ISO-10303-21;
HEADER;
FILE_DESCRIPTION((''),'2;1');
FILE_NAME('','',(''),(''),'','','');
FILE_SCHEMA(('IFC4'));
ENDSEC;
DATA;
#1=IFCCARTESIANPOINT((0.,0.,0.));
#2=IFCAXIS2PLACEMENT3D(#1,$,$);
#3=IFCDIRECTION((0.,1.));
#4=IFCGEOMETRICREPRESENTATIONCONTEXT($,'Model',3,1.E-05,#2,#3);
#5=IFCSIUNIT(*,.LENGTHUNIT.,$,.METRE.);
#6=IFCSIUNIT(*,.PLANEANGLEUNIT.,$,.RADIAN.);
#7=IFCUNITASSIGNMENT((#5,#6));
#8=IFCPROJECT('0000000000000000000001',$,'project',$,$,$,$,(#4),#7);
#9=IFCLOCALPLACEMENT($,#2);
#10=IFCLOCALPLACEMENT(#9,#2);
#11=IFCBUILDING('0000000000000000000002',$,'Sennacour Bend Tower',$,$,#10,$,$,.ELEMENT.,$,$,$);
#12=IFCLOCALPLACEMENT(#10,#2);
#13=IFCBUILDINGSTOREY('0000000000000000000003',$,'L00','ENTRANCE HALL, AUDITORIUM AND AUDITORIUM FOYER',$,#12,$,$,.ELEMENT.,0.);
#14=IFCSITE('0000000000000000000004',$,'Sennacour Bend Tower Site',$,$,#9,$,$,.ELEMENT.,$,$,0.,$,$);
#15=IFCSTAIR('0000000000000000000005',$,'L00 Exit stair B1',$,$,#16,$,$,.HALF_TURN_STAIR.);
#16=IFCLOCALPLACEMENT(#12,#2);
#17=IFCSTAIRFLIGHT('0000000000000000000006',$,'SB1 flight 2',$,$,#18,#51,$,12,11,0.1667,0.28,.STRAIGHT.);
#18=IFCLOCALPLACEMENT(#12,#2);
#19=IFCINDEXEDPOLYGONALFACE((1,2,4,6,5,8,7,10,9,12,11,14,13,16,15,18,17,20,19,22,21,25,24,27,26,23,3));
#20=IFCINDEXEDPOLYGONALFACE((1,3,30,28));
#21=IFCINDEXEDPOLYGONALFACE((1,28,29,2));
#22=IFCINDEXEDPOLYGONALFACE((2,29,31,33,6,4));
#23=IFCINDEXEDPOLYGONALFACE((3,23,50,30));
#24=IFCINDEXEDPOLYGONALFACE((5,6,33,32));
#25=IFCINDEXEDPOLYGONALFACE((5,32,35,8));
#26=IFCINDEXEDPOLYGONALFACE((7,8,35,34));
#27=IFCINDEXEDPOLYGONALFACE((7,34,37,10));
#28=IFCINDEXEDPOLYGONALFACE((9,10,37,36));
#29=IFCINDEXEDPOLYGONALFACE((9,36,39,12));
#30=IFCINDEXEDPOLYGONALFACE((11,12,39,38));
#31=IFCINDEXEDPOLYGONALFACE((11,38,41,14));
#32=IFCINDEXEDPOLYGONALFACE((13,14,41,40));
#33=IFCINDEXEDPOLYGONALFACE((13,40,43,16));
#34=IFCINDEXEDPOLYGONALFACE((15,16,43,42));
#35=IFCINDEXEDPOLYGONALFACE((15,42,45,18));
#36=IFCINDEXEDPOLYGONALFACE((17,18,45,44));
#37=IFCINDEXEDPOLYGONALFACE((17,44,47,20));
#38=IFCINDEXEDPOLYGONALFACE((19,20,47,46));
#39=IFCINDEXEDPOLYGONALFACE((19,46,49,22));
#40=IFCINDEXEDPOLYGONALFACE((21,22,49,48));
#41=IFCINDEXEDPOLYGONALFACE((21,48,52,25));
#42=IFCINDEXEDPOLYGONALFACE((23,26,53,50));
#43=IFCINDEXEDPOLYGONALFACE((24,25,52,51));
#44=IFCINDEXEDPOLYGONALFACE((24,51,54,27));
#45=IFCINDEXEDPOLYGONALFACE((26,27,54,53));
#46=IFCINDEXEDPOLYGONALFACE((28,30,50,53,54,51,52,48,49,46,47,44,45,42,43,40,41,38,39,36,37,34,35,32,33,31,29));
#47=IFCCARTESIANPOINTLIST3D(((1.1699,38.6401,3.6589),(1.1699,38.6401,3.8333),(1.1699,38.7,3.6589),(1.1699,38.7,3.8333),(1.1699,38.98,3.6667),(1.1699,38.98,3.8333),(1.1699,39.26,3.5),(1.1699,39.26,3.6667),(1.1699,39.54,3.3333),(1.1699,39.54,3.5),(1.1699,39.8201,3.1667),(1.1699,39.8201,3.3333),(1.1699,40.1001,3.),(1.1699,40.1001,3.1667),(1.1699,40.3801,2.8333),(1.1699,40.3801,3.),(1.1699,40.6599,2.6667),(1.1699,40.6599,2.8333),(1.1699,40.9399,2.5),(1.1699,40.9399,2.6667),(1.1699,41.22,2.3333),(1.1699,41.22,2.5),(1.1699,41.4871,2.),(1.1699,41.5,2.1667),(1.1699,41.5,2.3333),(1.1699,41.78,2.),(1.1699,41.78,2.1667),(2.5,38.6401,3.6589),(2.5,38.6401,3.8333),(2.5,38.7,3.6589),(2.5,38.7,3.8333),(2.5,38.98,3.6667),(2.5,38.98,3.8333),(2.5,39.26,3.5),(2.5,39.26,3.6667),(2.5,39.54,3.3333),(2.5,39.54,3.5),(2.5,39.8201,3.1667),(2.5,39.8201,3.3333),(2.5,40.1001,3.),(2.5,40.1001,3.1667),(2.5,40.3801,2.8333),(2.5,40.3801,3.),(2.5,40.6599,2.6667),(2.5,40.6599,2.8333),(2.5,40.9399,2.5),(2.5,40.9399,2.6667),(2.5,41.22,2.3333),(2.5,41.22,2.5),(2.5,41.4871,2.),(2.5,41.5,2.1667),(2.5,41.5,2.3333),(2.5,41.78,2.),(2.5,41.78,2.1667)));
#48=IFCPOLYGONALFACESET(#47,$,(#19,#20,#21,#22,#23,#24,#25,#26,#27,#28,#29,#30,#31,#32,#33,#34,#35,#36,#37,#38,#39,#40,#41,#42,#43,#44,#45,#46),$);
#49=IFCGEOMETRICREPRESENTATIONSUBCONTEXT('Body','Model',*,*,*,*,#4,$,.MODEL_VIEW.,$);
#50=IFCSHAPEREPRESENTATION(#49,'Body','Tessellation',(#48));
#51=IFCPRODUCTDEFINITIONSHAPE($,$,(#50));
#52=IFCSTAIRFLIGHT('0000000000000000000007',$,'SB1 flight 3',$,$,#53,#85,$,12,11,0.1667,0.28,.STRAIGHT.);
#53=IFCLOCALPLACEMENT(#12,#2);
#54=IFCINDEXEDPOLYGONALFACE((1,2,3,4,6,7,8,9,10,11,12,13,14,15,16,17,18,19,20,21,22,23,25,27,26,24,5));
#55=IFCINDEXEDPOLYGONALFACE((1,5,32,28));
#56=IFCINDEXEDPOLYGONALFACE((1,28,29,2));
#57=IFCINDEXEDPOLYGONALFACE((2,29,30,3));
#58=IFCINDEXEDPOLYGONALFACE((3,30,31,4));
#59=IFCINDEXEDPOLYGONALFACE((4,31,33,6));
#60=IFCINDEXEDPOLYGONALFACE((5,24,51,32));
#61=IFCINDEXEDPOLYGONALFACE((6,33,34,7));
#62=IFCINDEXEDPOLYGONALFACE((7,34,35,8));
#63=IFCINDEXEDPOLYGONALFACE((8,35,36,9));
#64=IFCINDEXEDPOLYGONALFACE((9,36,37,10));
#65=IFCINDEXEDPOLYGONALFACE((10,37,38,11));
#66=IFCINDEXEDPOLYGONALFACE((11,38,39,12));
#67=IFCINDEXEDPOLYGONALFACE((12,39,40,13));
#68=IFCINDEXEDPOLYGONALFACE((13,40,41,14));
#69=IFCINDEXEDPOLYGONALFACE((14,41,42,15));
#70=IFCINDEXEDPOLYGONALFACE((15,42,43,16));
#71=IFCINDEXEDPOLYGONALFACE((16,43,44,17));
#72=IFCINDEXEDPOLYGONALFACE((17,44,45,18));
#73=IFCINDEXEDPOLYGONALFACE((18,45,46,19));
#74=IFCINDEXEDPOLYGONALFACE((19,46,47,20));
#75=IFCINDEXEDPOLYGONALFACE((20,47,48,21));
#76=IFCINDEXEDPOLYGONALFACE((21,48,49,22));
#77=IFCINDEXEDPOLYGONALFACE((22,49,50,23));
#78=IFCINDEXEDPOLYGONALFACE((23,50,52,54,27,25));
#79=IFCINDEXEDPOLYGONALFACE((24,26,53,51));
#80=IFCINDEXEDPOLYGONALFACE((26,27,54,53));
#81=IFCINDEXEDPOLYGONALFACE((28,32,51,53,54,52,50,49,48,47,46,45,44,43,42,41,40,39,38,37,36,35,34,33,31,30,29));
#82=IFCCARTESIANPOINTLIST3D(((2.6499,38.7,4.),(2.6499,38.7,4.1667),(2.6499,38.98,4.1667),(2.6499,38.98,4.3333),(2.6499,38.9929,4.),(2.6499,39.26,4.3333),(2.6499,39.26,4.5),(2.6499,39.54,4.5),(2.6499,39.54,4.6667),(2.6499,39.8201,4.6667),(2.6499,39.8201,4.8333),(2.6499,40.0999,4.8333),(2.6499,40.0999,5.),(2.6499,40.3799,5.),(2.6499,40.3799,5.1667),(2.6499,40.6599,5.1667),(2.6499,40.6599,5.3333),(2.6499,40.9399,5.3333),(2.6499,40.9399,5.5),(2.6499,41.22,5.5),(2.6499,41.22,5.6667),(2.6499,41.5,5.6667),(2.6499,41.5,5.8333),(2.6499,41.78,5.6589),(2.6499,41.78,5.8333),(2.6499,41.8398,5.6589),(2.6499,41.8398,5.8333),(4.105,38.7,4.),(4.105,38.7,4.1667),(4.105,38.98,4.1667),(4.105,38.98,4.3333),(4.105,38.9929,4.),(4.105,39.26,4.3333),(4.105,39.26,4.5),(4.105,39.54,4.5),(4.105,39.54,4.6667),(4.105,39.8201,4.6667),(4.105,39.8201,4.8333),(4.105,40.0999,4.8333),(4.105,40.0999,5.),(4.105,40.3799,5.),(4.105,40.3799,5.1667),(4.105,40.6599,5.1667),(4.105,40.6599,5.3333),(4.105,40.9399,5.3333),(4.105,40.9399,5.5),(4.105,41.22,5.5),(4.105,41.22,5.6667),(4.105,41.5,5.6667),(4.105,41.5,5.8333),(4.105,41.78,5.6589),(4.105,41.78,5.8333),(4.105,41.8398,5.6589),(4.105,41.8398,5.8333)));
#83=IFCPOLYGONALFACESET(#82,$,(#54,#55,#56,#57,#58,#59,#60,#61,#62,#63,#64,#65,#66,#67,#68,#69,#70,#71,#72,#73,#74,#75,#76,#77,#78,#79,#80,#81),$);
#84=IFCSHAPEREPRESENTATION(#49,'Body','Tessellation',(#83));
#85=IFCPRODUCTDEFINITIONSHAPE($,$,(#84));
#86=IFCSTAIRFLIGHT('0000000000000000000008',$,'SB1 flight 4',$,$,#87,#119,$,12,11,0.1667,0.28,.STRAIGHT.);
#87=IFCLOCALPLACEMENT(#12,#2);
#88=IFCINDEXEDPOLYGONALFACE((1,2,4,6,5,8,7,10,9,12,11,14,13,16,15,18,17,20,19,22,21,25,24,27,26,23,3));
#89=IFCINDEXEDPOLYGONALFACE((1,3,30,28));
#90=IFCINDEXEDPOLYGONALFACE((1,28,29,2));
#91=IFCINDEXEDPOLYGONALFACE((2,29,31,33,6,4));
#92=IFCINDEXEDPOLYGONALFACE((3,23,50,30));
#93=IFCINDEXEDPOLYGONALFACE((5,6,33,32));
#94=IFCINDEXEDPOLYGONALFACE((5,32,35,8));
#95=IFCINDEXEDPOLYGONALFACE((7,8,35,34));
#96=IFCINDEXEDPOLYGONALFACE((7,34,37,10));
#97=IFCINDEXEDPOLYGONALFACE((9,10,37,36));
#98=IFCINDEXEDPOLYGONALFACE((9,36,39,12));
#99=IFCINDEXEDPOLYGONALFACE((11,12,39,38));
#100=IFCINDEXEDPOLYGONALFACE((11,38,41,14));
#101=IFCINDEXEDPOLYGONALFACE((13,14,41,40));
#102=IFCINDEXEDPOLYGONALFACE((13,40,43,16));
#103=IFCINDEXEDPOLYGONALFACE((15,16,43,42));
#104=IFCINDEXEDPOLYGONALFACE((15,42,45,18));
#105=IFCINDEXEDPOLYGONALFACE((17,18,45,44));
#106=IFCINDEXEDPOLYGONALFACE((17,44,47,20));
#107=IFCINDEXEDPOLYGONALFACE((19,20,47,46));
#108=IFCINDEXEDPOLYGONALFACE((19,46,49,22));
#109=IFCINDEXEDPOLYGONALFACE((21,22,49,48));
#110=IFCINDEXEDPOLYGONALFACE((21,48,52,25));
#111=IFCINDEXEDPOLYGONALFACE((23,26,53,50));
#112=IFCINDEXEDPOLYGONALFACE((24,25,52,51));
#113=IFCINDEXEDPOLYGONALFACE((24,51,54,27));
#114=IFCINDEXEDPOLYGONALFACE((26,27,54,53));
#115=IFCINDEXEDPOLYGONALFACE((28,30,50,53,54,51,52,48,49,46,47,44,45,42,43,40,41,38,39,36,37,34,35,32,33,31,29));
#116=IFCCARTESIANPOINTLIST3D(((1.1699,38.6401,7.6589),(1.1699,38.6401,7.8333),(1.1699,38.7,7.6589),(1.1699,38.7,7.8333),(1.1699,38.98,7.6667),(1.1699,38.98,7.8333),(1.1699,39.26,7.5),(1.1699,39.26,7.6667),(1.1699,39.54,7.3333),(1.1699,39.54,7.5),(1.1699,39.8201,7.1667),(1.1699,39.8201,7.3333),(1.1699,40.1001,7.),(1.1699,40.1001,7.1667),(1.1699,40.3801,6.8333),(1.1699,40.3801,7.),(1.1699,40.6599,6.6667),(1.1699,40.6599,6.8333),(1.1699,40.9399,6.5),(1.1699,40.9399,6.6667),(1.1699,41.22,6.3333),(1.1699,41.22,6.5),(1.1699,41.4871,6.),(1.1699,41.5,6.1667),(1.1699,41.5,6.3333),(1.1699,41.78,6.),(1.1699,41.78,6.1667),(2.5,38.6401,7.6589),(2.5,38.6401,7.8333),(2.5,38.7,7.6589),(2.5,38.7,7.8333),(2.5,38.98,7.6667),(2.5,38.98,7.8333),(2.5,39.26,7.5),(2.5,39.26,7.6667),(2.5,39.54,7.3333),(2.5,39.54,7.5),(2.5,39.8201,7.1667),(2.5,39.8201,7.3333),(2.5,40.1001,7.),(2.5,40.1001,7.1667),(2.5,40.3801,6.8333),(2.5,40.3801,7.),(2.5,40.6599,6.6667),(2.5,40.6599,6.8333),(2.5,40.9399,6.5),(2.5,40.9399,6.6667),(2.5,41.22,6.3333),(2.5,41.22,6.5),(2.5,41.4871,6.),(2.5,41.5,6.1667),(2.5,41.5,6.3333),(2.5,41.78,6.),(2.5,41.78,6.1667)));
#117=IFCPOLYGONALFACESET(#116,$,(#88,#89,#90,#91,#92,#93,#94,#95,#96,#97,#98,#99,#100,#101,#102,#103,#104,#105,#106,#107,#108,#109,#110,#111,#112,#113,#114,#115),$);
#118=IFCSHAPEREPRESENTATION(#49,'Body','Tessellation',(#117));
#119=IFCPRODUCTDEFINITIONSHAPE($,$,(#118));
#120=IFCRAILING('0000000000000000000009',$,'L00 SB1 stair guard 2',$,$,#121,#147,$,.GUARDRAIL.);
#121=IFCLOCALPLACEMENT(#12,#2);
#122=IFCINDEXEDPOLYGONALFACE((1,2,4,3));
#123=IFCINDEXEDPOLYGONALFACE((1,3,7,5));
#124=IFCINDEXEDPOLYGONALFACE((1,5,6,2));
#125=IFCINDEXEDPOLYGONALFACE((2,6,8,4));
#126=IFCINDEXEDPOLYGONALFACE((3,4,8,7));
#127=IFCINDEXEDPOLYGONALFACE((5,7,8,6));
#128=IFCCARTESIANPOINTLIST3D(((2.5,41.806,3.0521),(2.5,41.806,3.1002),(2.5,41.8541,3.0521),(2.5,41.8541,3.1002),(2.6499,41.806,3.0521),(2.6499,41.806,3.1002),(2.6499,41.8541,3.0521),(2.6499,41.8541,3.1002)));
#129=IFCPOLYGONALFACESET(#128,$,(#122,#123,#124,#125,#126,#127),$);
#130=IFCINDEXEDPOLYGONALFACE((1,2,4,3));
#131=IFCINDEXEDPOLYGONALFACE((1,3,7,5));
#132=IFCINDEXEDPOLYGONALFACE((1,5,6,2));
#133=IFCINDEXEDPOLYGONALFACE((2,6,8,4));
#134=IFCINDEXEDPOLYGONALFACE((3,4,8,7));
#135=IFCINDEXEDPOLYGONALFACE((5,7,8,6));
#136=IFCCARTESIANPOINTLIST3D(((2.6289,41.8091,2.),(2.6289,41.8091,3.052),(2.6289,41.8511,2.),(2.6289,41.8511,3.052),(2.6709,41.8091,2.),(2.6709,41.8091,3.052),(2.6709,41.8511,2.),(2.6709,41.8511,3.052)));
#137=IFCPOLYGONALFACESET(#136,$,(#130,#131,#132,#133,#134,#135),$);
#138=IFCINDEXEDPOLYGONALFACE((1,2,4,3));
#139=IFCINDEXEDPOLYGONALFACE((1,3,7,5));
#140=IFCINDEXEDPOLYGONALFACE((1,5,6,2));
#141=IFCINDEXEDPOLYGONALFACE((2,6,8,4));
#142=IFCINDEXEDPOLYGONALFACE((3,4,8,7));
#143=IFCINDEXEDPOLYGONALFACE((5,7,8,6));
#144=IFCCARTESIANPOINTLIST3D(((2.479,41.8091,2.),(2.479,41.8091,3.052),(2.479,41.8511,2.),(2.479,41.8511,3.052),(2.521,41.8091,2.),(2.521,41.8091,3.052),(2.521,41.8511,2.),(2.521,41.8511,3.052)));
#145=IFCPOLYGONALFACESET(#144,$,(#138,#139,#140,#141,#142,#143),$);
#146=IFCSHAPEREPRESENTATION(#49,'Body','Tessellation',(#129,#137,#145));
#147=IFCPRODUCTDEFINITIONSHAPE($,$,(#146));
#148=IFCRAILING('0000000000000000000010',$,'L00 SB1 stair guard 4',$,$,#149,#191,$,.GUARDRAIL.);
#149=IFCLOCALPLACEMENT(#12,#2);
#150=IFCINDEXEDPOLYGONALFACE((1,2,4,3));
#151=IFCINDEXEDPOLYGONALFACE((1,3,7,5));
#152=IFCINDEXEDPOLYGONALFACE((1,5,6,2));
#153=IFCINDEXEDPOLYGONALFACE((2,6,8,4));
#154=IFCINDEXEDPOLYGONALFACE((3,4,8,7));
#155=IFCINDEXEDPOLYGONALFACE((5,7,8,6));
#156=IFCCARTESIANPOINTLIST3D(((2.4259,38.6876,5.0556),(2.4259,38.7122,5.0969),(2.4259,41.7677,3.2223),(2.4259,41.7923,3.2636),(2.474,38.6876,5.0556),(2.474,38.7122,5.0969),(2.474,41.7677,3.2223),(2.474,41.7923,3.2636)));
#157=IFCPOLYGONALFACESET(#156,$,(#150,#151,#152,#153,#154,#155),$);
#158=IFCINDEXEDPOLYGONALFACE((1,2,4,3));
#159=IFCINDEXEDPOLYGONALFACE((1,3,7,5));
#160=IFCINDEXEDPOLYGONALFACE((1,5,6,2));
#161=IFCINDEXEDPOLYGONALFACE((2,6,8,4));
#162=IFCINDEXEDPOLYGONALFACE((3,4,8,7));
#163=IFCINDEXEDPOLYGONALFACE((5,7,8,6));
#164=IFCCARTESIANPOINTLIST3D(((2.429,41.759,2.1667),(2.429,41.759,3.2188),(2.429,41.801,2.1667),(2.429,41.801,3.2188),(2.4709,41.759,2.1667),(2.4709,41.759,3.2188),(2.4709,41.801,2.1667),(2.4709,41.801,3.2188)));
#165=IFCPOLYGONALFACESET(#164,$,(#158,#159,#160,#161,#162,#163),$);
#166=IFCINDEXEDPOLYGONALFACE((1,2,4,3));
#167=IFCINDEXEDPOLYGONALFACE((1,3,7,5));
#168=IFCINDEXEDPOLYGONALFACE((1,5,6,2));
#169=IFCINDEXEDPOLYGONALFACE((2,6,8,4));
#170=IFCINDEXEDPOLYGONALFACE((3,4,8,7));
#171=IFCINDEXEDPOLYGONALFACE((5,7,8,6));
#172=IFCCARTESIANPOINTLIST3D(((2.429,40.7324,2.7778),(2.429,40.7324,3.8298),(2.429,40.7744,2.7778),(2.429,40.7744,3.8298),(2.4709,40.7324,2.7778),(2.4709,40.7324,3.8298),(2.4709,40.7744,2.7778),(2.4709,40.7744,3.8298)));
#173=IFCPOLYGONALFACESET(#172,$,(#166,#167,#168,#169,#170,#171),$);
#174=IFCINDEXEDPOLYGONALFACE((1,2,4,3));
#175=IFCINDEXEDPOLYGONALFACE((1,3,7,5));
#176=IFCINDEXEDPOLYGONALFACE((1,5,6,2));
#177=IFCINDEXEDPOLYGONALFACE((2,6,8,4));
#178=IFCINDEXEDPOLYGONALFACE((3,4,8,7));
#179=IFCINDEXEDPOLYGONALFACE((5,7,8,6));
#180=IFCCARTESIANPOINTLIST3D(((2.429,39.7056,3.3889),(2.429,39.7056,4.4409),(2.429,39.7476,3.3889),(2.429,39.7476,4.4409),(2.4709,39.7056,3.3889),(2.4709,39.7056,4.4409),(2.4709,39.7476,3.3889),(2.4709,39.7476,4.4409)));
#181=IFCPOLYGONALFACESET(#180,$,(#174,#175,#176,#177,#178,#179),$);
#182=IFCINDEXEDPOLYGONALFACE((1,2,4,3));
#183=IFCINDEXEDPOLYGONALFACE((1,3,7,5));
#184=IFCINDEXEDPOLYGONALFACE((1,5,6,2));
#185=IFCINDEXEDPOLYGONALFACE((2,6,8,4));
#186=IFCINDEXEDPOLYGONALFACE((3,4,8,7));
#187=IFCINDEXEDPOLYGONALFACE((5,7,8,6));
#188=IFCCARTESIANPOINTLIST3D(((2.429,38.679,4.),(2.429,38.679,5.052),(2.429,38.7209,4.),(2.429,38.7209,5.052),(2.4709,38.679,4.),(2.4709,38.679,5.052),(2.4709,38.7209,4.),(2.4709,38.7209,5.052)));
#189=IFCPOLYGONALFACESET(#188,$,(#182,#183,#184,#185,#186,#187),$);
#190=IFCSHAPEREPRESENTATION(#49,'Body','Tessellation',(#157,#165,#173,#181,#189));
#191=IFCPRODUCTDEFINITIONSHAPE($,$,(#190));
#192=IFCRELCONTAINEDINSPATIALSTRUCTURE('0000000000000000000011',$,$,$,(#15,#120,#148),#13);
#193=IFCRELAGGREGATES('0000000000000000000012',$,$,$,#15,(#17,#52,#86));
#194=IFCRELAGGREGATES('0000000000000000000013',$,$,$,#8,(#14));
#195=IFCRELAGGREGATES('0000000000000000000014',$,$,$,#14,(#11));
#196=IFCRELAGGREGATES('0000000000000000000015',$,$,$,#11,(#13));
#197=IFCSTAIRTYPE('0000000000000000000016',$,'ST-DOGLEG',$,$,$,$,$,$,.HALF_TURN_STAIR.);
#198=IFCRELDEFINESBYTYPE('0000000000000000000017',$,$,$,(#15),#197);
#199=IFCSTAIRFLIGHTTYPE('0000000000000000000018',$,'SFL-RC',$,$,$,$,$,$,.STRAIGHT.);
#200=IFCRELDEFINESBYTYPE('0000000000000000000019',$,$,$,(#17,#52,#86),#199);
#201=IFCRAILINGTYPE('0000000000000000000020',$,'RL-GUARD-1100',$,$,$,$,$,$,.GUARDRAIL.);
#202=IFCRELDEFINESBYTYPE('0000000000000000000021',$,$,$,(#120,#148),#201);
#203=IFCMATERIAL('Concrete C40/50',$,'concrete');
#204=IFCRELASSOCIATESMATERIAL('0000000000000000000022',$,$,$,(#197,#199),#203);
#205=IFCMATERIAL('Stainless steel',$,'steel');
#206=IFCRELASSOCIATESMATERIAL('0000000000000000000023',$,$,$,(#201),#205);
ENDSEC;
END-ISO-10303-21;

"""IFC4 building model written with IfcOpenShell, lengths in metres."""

from ifc_helpers import new_model, si_unit, direction, frame, origin, origin_2d, place, context, subcontext, project, spatial, polyline, rectangle, outline, extrude, material, type_object, element, aggregate, save


model = new_model("IFC4")

# Units and contexts
model_context = context("Model", 3, precision=1e-05, world=origin(), true_north=direction((0.0, 1.0)))
body_context = subcontext(model_context, "Body", "Model", "MODEL_VIEW")
ifc_project = project(units=[si_unit("LENGTHUNIT", "METRE"), si_unit("PLANEANGLEUNIT", "RADIAN")], contexts=[model_context])

# Site, building, storey
site_placement = place(None, origin())
site = spatial("IfcSite", under=ifc_project, at=site_placement, Name="Sennacour Bend Tower Site", CompositionType="ELEMENT", RefElevation=0.0)
building_placement = place(site_placement, origin())
building = spatial("IfcBuilding", under=site, at=building_placement, Name="Sennacour Bend Tower", CompositionType="ELEMENT")
storey_placement = place(building_placement, origin())
storey = spatial("IfcBuildingStorey", under=building, at=storey_placement, Name="L00", Description="ENTRANCE HALL, AUDITORIUM AND AUDITORIUM FOYER", CompositionType="ELEMENT", Elevation=0.0)

# Shared definitions
ifc_material_1 = material(Name="Concrete C40/50", Category="concrete")

# Stair, stair flights
stair_type = type_object("IfcStairType", Name="ST-DOGLEG", PredefinedType="HALF_TURN_STAIR", material=ifc_material_1)
stair_placement = place(storey_placement, origin())
stair = element("IfcStair", 1, at=stair_placement, inside=storey, type_object=stair_type, Name="L00 Exit stair B1", PredefinedType="HALF_TURN_STAIR")
stair_flight_type = type_object("IfcStairFlightType", Name="SFL-RC", PredefinedType="STRAIGHT", material=ifc_material_1)
stair_flight_1_placement = place(storey_placement, frame((1.835, 41.78, 2.0), z_axis=(0.0, 0.0, 1.0), x_axis=(0.0, -1.0, 0.0)))
stair_flight_1 = element("IfcStairFlight", 2, at=stair_flight_1_placement, type_object=stair_flight_type, Name="SB1 flight 2", NumberOfRisers=12, NumberOfTreads=11, PredefinedType="STRAIGHT", RiserHeight=0.1667, TreadLength=0.28, context=body_context, shape_type="SweptSolid", body=[
    extrude(outline(polyline([(0.0, 0.0), (0.0, 0.1667), (0.28, 0.1667), (0.28, 0.3333), (0.5601, 0.3333), (0.5601, 0.5), (0.8401, 0.5), (0.8401, 0.6667), (1.1201, 0.6667), (1.1201, 0.8333), (1.3999, 0.8333), (1.3999, 1.0), (1.6799, 1.0), (1.6799, 1.1667), (1.96, 1.1667), (1.96, 1.3333), (2.24, 1.3333), (2.24, 1.5), (2.52, 1.5), (2.52, 1.6667), (2.8, 1.6667), (2.8, 1.8333), (3.0801, 1.8333), (3.1399, 1.8333), (3.1399, 1.6589), (3.0801, 1.6589), (0.293, 0.0), (0.0, 0.0)])), frame((0.0, 0.665, 0.0), z_axis=(0.0, -1.0, 0.0), x_axis=(1.0, 0.0, 0.0)), (0.0, 0.0, 1.0), 1.3301),
])
stair_flight_2_placement = place(storey_placement, frame((3.3774, 38.7, 4.0), z_axis=(0.0, 0.0, 1.0), x_axis=(0.0, 1.0, 0.0)))
stair_flight_2 = element("IfcStairFlight", 3, at=stair_flight_2_placement, type_object=stair_flight_type, Name="SB1 flight 3", NumberOfRisers=12, NumberOfTreads=11, PredefinedType="STRAIGHT", RiserHeight=0.1667, TreadLength=0.28, context=body_context, shape_type="SweptSolid", body=[
    extrude(outline(polyline([(0.0, 0.0), (0.0, 0.1667), (0.28, 0.1667), (0.28, 0.3333), (0.5601, 0.3333), (0.5601, 0.5), (0.8401, 0.5), (0.8401, 0.6667), (1.1201, 0.6667), (1.1201, 0.8333), (1.3999, 0.8333), (1.3999, 1.0), (1.6799, 1.0), (1.6799, 1.1667), (1.96, 1.1667), (1.96, 1.3333), (2.24, 1.3333), (2.24, 1.5), (2.52, 1.5), (2.52, 1.6667), (2.8, 1.6667), (2.8, 1.8333), (3.0801, 1.8333), (3.1399, 1.8333), (3.1399, 1.6589), (3.0801, 1.6589), (0.293, 0.0), (0.0, 0.0)])), frame((0.0, 0.7275, 0.0), z_axis=(0.0, -1.0, 0.0), x_axis=(1.0, 0.0, 0.0)), (0.0, 0.0, 1.0), 1.4551),
])
stair_flight_3_placement = place(storey_placement, frame((1.835, 41.78, 6.0), z_axis=(0.0, 0.0, 1.0), x_axis=(0.0, -1.0, 0.0)))
stair_flight_3 = element("IfcStairFlight", 4, at=stair_flight_3_placement, type_object=stair_flight_type, Name="SB1 flight 4", NumberOfRisers=12, NumberOfTreads=11, PredefinedType="STRAIGHT", RiserHeight=0.1667, TreadLength=0.28, context=body_context, shape_type="SweptSolid", body=[
    extrude(outline(polyline([(0.0, 0.0), (0.0, 0.1667), (0.28, 0.1667), (0.28, 0.3333), (0.5601, 0.3333), (0.5601, 0.5), (0.8401, 0.5), (0.8401, 0.6667), (1.1201, 0.6667), (1.1201, 0.8333), (1.3999, 0.8333), (1.3999, 1.0), (1.6799, 1.0), (1.6799, 1.1667), (1.96, 1.1667), (1.96, 1.3333), (2.24, 1.3333), (2.24, 1.5), (2.52, 1.5), (2.52, 1.6667), (2.8, 1.6667), (2.8, 1.8333), (3.0801, 1.8333), (3.1399, 1.8333), (3.1399, 1.6589), (3.0801, 1.6589), (0.293, 0.0), (0.0, 0.0)])), frame((0.0, 0.665, 0.0), z_axis=(0.0, -1.0, 0.0), x_axis=(1.0, 0.0, 0.0)), (0.0, 0.0, 1.0), 1.3301),
])
aggregate(stair, [stair_flight_1, stair_flight_2, stair_flight_3])

# Railings
ifc_material_2 = material(Name="Stainless steel", Category="steel")
railing_type_1 = type_object("IfcRailingType", Name="RL-GUARD-1100", PredefinedType="GUARDRAIL", material=ifc_material_2)
railing_1_placement = place(storey_placement, frame((2.6499, 41.8301, 2.0)))
element("IfcRailing", 5, at=railing_1_placement, inside=storey, type_object=railing_type_1, Name="L00 SB1 stair guard 2", PredefinedType="GUARDRAIL", context=body_context, shape_type="SweptSolid", body=[
    extrude(rectangle(XDim=0.0481, YDim=0.0481, at=origin_2d()), frame((0.0, 0.0, 1.0762), z_axis=(-1.0, 0.0, 0.0), x_axis=(0.0, -1.0, 0.0)), (0.0, 0.0, 1.0), 0.1499),
    extrude(rectangle(XDim=0.042, YDim=0.042, at=origin_2d()), origin(), (0.0, 0.0, 1.0), 1.052),
    extrude(rectangle(XDim=0.042, YDim=0.042, at=origin_2d()), frame((-0.1499, 0.0, 0.0)), (0.0, 0.0, 1.0), 1.052),
])
railing_2_placement = place(storey_placement, frame((2.45, 41.78, 2.1667)))
element("IfcRailing", 6, at=railing_2_placement, inside=storey, type_object=railing_type_1, Name="L00 SB1 stair guard 4", PredefinedType="GUARDRAIL", context=body_context, shape_type="SweptSolid", body=[
    extrude(rectangle(XDim=0.0481, YDim=0.0481, at=origin_2d()), frame((0.0, 0.0, 1.0762), z_axis=(0.0, -0.859309, 0.511458), x_axis=(1.0, 0.0, 0.0)), (0.0, 0.0, 1.0), 3.5845),
    extrude(rectangle(XDim=0.042, YDim=0.042, at=origin_2d()), origin(), (0.0, 0.0, 1.0), 1.052),
    extrude(rectangle(XDim=0.042, YDim=0.042, at=origin_2d()), frame((0.0, -1.0266, 0.6111)), (0.0, 0.0, 1.0), 1.052),
    extrude(rectangle(XDim=0.042, YDim=0.042, at=origin_2d()), frame((0.0, -2.0535, 1.2222)), (0.0, 0.0, 1.0), 1.052),
    extrude(rectangle(XDim=0.042, YDim=0.042, at=origin_2d()), frame((0.0, -3.0801, 1.8333)), (0.0, 0.0, 1.0), 1.052),
])

save(model, "model.ifc")
